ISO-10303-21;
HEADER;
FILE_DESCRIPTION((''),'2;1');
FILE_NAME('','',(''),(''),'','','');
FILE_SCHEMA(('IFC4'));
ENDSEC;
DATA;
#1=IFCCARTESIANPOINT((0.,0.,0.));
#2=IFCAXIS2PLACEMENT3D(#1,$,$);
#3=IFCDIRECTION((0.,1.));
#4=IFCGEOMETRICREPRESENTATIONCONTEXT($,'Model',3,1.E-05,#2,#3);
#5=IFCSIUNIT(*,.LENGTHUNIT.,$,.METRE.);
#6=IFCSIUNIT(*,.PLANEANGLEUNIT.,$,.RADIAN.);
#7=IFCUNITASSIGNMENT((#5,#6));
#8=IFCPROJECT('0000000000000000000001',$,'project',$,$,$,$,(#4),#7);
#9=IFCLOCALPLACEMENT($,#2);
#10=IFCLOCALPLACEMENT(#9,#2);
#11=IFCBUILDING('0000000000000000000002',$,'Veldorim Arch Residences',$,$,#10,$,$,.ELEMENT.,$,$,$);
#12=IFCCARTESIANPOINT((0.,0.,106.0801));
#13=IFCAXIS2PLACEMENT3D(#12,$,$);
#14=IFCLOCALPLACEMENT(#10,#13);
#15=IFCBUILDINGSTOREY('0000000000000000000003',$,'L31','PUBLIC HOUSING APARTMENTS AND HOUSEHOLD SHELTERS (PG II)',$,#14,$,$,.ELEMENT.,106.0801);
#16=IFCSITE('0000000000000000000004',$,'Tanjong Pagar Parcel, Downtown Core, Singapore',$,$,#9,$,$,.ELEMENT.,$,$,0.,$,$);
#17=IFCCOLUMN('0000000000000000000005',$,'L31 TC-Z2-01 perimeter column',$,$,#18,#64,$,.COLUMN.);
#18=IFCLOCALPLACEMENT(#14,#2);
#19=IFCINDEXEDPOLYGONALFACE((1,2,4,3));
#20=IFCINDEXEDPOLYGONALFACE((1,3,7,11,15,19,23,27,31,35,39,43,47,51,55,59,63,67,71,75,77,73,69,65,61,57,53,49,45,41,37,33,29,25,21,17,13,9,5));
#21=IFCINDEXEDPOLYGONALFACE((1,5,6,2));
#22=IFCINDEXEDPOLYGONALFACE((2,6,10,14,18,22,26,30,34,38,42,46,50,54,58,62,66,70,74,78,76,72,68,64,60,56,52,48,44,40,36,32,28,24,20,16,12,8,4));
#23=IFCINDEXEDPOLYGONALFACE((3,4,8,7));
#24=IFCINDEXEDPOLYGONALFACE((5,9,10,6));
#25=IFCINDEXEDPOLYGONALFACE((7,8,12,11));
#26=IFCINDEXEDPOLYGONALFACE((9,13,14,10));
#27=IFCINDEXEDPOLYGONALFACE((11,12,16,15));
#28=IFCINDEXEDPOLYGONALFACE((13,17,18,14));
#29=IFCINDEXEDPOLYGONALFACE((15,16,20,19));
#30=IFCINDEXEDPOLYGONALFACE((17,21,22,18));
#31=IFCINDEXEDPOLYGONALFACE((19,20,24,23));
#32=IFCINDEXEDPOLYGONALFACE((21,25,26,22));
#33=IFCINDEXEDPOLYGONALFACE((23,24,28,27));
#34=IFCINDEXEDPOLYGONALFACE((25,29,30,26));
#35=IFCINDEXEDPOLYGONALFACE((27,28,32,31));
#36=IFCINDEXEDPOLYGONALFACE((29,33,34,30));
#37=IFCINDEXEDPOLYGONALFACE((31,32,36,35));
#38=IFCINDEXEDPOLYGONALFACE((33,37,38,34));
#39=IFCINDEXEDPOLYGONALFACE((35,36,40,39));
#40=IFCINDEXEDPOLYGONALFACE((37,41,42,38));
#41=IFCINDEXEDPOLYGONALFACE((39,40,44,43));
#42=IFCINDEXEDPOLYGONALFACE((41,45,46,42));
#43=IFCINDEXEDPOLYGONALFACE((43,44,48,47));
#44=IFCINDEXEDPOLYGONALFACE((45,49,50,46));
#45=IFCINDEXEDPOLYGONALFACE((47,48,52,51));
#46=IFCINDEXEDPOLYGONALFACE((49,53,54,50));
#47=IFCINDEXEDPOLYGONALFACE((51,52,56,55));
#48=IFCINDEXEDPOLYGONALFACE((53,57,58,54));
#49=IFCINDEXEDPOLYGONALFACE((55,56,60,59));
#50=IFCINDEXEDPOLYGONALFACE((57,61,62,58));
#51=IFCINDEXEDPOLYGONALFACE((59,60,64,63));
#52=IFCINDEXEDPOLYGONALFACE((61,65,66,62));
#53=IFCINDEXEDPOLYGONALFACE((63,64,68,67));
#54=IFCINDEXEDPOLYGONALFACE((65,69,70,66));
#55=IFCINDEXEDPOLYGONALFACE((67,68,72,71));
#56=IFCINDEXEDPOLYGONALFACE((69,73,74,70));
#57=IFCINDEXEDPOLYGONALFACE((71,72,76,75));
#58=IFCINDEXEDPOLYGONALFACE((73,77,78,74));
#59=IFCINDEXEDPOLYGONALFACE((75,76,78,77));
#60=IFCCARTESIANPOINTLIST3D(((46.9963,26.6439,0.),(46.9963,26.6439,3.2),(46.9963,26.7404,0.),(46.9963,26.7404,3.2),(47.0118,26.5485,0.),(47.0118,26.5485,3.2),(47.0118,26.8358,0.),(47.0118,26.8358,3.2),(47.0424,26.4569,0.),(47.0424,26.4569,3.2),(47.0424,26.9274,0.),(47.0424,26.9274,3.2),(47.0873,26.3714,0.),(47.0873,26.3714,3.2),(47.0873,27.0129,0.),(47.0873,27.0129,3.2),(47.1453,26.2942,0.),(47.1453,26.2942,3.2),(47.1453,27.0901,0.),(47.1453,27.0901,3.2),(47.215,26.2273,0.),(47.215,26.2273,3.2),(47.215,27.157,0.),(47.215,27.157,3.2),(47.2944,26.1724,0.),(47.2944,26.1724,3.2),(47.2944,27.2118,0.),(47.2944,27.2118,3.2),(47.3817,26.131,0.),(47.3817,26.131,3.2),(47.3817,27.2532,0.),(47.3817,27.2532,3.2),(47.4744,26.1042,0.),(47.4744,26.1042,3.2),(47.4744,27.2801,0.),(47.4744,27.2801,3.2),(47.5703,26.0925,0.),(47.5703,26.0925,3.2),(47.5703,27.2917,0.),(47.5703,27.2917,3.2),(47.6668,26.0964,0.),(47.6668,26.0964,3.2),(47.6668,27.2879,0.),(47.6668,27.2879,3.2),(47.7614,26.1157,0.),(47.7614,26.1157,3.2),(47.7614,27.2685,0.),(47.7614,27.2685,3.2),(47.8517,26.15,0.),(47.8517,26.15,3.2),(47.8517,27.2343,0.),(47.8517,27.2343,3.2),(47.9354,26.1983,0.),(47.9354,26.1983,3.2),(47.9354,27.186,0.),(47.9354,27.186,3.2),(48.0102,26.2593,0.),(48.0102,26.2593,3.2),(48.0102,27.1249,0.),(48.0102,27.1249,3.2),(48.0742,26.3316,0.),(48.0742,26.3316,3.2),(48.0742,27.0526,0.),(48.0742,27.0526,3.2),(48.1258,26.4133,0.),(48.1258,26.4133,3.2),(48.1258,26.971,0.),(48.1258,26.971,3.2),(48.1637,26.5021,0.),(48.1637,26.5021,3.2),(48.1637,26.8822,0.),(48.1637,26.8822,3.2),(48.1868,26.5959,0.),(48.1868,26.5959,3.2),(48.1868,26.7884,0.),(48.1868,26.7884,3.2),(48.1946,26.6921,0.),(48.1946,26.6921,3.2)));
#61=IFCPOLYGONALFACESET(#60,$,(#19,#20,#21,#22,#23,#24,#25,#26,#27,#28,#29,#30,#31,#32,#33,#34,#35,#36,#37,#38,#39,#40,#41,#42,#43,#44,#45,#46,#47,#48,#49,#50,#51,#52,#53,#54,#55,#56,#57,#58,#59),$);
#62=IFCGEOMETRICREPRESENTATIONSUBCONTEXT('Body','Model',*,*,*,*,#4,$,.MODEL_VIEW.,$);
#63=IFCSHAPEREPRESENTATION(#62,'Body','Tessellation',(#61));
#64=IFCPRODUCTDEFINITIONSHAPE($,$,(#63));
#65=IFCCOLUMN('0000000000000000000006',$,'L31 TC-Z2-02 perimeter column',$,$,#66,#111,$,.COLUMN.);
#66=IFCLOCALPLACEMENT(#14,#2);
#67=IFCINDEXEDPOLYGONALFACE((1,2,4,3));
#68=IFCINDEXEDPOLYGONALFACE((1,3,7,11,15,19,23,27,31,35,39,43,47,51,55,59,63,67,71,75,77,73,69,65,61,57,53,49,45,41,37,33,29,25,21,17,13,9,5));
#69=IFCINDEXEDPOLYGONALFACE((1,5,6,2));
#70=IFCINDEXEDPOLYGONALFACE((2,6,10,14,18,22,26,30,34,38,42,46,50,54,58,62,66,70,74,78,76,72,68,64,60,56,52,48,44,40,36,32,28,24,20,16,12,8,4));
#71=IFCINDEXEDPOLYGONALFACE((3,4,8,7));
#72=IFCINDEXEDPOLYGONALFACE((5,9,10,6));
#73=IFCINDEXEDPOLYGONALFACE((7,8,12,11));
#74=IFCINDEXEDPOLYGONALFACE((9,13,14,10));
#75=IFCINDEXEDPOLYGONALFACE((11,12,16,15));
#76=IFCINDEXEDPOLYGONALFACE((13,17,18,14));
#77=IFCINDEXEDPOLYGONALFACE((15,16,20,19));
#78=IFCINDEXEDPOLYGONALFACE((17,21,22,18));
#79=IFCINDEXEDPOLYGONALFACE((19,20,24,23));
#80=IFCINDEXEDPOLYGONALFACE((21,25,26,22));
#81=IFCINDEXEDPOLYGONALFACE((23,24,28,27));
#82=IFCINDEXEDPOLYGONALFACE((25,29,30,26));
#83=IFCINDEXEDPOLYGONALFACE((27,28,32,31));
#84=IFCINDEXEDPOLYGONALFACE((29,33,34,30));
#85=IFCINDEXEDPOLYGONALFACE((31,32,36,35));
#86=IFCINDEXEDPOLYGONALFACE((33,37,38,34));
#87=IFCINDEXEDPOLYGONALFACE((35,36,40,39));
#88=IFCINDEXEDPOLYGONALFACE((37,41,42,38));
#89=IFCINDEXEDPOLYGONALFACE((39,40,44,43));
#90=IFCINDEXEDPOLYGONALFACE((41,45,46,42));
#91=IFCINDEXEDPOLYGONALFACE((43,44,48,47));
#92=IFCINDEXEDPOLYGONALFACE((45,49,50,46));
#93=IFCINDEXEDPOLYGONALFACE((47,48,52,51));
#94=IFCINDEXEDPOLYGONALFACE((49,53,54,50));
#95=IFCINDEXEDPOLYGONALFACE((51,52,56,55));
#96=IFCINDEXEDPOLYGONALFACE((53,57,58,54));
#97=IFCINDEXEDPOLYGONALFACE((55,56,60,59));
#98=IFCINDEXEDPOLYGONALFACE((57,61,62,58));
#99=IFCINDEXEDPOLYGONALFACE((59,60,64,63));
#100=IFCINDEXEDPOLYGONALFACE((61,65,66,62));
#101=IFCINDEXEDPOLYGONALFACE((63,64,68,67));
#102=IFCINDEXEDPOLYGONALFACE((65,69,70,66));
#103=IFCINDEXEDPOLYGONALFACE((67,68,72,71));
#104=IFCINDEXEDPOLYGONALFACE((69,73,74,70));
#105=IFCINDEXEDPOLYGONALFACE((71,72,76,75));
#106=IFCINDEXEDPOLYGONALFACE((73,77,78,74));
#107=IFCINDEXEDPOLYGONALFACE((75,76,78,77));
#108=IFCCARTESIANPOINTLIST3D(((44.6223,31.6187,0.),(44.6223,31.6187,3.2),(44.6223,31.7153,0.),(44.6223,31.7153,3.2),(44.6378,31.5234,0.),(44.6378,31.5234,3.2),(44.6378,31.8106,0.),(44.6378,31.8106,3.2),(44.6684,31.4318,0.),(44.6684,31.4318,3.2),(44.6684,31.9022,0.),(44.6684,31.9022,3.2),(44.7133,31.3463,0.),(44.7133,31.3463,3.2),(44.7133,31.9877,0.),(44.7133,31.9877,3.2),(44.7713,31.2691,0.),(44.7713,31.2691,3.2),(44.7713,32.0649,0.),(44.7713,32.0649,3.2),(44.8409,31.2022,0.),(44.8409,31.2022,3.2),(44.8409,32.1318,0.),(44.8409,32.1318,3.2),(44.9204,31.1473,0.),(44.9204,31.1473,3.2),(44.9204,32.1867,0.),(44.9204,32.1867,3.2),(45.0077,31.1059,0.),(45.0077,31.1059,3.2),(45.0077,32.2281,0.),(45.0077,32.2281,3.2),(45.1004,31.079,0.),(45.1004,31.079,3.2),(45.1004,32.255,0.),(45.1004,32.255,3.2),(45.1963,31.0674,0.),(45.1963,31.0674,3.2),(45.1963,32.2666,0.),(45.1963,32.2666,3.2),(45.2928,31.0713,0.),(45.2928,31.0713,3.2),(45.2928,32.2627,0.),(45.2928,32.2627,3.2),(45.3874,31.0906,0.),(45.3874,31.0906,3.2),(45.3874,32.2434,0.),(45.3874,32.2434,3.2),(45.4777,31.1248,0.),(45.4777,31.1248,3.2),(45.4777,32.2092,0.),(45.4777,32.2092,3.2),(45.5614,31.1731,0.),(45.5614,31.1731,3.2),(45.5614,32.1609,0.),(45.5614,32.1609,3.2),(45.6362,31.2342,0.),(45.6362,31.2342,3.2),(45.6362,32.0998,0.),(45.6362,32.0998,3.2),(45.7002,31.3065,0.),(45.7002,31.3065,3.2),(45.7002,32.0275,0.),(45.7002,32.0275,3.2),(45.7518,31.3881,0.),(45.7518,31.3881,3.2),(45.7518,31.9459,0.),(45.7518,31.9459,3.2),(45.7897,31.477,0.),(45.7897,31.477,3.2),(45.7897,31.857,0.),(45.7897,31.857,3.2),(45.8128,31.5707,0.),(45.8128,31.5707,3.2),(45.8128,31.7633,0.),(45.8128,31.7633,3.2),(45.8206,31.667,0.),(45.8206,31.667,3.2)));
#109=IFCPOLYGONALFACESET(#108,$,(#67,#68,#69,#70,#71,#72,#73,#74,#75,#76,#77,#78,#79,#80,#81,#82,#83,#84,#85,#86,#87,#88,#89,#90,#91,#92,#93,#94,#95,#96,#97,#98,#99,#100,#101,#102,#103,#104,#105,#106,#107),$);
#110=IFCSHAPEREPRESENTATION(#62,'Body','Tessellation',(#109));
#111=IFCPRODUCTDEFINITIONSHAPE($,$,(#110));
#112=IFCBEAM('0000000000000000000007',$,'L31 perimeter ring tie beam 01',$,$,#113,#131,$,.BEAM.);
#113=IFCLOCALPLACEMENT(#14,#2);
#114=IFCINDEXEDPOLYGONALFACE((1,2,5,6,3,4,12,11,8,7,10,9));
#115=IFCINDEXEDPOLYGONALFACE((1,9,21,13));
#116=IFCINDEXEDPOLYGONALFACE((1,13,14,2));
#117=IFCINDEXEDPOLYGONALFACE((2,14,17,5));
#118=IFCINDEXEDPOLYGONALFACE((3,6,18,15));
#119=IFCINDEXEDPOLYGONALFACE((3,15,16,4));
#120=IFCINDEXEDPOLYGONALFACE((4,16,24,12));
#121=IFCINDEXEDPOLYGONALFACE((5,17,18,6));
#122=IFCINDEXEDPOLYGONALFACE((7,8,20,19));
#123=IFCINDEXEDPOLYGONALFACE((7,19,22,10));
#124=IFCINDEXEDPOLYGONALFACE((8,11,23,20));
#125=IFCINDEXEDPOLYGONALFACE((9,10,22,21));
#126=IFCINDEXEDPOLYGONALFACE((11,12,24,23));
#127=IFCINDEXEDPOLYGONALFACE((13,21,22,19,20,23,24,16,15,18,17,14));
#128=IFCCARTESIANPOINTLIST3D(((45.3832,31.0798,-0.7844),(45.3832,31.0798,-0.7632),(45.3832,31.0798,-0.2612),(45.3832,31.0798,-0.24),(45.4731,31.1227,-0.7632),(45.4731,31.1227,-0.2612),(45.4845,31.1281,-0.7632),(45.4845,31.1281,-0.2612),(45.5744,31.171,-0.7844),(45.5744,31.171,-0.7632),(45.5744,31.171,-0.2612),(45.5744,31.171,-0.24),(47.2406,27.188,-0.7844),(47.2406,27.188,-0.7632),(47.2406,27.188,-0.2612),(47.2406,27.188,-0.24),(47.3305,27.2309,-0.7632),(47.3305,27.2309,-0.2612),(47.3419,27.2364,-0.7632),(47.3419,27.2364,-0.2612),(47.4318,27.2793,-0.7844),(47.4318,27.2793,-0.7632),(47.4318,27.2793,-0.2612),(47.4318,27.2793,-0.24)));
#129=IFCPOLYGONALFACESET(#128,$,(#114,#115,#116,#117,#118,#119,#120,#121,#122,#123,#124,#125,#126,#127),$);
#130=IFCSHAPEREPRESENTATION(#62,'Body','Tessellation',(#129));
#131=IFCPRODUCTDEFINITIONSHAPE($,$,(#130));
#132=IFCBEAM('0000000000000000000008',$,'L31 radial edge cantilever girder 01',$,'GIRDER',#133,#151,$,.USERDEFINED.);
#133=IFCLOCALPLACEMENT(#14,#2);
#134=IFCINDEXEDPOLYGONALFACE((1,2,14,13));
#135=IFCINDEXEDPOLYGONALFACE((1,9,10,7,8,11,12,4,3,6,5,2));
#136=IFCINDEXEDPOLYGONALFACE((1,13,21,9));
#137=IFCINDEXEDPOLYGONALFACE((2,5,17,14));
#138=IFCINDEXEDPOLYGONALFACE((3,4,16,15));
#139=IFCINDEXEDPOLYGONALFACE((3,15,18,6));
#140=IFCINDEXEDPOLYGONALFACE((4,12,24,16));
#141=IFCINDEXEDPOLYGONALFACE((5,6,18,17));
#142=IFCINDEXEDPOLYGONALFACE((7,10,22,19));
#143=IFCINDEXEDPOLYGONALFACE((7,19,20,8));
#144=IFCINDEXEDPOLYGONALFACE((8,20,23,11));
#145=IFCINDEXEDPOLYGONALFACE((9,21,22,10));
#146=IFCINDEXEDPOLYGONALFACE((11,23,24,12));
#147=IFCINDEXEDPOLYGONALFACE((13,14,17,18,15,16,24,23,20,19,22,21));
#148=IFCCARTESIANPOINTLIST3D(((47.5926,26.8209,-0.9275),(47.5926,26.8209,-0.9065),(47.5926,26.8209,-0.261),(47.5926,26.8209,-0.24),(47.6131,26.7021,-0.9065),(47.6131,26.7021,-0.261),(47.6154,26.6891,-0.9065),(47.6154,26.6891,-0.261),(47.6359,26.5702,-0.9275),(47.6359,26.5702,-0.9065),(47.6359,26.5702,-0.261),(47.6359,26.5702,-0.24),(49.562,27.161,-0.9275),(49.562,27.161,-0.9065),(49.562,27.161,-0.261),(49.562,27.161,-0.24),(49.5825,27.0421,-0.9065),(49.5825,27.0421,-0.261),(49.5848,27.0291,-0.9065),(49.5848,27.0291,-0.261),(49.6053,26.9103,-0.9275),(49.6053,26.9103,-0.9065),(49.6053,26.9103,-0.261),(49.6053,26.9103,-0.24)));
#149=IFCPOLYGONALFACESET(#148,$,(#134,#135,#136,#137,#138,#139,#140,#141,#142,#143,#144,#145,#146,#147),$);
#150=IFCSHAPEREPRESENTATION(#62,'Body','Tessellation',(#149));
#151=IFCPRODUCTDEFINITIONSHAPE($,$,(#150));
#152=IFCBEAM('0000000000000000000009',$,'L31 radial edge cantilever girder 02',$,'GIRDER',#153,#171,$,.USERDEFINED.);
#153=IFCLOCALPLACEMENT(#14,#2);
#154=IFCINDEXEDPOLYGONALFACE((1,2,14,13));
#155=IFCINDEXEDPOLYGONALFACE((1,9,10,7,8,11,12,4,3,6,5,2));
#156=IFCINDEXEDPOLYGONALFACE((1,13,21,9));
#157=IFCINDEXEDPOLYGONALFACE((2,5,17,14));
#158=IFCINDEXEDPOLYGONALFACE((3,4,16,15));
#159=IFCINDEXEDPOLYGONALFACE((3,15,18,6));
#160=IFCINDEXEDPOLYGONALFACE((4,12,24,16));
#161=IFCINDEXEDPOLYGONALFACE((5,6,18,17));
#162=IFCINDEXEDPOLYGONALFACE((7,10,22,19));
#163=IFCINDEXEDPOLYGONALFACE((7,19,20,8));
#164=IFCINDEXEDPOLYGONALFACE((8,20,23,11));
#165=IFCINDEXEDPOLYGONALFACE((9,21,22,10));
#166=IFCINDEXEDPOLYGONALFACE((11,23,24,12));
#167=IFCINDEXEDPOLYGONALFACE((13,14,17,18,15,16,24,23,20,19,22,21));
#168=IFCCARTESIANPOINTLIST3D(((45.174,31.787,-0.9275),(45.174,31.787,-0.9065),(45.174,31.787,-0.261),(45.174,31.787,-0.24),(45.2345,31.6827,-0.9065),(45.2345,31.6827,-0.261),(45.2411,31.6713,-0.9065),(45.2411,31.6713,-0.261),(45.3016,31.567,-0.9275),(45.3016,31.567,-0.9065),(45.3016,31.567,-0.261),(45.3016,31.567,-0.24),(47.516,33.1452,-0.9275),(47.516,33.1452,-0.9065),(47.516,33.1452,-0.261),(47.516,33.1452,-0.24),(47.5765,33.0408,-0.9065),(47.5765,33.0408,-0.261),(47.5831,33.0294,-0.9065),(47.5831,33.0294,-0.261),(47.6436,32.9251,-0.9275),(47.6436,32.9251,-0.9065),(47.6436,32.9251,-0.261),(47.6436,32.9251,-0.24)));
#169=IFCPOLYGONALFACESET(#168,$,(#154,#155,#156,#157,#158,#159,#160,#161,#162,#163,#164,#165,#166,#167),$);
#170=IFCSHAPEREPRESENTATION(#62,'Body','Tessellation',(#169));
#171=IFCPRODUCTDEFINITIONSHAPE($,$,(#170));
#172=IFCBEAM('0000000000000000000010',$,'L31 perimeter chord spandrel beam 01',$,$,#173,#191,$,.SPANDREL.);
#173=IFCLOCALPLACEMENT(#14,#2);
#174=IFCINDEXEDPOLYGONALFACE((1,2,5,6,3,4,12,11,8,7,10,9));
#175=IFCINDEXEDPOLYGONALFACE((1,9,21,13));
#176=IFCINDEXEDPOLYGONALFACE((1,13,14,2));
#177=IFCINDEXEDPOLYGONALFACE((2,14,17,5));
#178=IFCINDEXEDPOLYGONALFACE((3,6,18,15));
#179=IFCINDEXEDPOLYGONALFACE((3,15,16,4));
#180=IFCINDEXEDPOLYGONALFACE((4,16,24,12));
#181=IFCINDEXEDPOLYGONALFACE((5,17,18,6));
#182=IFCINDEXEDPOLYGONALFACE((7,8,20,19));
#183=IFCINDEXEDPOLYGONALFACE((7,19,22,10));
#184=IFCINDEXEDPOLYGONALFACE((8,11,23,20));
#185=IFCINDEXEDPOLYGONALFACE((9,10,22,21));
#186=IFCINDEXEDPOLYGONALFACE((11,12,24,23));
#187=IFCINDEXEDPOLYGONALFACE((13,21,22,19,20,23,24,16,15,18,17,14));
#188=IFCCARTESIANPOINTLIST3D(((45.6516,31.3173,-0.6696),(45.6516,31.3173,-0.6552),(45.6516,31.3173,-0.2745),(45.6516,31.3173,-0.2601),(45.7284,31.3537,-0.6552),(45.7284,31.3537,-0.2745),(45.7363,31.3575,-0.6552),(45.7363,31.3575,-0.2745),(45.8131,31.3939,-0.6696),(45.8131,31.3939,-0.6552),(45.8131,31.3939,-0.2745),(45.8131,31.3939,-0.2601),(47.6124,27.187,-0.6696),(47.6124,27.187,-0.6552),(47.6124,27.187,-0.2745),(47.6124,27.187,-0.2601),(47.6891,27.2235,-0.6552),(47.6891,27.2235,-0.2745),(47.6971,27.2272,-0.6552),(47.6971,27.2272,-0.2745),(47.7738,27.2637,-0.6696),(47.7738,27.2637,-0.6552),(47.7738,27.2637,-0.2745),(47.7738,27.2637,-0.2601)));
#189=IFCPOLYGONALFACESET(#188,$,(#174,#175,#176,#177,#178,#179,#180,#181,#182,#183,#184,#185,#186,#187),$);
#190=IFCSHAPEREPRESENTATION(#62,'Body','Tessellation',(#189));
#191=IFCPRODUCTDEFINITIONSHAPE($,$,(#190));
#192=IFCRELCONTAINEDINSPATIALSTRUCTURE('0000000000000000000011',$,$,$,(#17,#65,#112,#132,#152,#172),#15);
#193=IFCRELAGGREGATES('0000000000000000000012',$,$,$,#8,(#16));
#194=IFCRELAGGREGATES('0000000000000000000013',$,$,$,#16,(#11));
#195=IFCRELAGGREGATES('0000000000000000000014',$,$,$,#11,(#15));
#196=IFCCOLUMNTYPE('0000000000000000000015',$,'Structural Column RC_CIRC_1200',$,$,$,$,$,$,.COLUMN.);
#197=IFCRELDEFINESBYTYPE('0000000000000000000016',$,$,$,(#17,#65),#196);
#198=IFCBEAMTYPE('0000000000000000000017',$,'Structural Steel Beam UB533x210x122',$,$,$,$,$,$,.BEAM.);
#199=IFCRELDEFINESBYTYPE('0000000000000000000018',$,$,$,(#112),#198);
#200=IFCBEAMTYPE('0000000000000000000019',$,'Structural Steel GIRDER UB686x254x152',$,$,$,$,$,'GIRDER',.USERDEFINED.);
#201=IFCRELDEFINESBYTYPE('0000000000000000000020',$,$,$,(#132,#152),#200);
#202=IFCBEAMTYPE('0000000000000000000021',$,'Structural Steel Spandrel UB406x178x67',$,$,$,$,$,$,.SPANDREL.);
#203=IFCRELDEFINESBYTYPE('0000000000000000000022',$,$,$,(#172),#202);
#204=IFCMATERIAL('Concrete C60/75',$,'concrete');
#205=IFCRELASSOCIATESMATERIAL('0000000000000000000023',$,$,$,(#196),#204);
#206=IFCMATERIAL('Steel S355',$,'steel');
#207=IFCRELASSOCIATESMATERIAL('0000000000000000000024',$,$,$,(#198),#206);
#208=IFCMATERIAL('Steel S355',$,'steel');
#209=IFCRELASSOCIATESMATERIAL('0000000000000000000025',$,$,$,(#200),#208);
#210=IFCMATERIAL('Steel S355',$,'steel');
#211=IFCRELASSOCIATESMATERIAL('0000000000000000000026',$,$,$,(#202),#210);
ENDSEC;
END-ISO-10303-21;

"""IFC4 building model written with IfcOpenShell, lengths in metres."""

from ifc_helpers import new_model, si_unit, direction, frame, origin, origin_2d, place, context, subcontext, project, spatial, circle, i_section, extrude, material, material_profile, profile_set, type_object, element, save


model = new_model("IFC4")

# Units and contexts
model_context = context("Model", 3, precision=1e-05, world=origin(), true_north=direction((0.0, 1.0)))
body_context = subcontext(model_context, "Body", "Model", "MODEL_VIEW")
ifc_project = project(units=[si_unit("LENGTHUNIT", "METRE"), si_unit("PLANEANGLEUNIT", "RADIAN")], contexts=[model_context])

# Site, building, storey
site_placement = place(None, origin())
site = spatial("IfcSite", under=ifc_project, at=site_placement, Name="Tanjong Pagar Parcel, Downtown Core, Singapore", CompositionType="ELEMENT", RefElevation=0.0)
building_placement = place(site_placement, origin())
building = spatial("IfcBuilding", under=site, at=building_placement, Name="Veldorim Arch Residences", CompositionType="ELEMENT")
storey_placement = place(building_placement, frame((0.0, 0.0, 106.0801)))
storey = spatial("IfcBuildingStorey", under=building, at=storey_placement, Name="L31", Description="PUBLIC HOUSING APARTMENTS AND HOUSEHOLD SHELTERS (PG II)", CompositionType="ELEMENT", Elevation=106.0801)

# Columns
ifc_material_1 = material(Name="Concrete C60/75", Category="concrete")
ifc_material_profile_1 = material_profile(ifc_material_1, circle(Radius=0.6001, at=origin_2d()), Name="RC_CIRC_1200")
ifc_profile_set_1 = profile_set([ifc_material_profile_1], Name="Concrete C60/75")
column_type = type_object("IfcColumnType", Name="Structural Column RC_CIRC_1200", PredefinedType="COLUMN", material=ifc_profile_set_1)
for number, where, z_axis, x_axis, name in (
    (1, (47.5945, 26.6921, 0.0), (0.0, 0.0, 1.0), (1.0, 0.0, 0.0), "L31 TC-Z2-01 perimeter column"),
    (2, (45.2205, 31.667, 0.0), (0.0, 0.0, 1.0), (1.0, 0.0, 0.0), "L31 TC-Z2-02 perimeter column"),
):
    element("IfcColumn", number, at=place(storey_placement, frame(where, z_axis=z_axis, x_axis=x_axis)), inside=storey, type_object=column_type, Name=name, PredefinedType="COLUMN", context=body_context, shape_type="SweptSolid", body=[
        extrude(circle(Radius=0.6001, at=origin_2d()), origin(), (0.0, 0.0, 1.0), 3.2),
    ])

# Beams
ifc_material_2 = material(Name="Steel S355", Category="steel")
ifc_material_profile_2 = material_profile(ifc_material_2, i_section(OverallWidth=0.2119, OverallDepth=0.5444, WebThickness=0.0127, FlangeThickness=0.0212, at=origin_2d()), Name="UB533x210x122")
ifc_profile_set_2 = profile_set([ifc_material_profile_2], Name="Steel S355")
beam_type_1 = type_object("IfcBeamType", Name="Structural Steel Beam UB533x210x122", PredefinedType="BEAM", material=ifc_profile_set_2)
beam_1_placement = place(storey_placement, frame((47.3362, 27.2336, -0.5122), z_axis=(-0.43072, 0.902486, 0.0), x_axis=(-0.902486, -0.43072, 0.0)))
element("IfcBeam", 3, at=beam_1_placement, inside=storey, type_object=beam_type_1, Name="L31 perimeter ring tie beam 01", PredefinedType="BEAM", context=body_context, shape_type="SweptSolid", body=[
    extrude(i_section(OverallWidth=0.2119, OverallDepth=0.5444, WebThickness=0.0127, FlangeThickness=0.0212, at=origin_2d()), origin(), (0.0, 0.0, 1.0), 4.3123),
])
ifc_material_3 = material(Name="Steel S355", Category="steel")
ifc_material_profile_3 = material_profile(ifc_material_3, i_section(OverallWidth=0.2544, OverallDepth=0.6875, WebThickness=0.0132, FlangeThickness=0.021, at=origin_2d()), Name="UB686x254x152")
ifc_profile_set_3 = profile_set([ifc_material_profile_3], Name="Steel S355")
beam_type_2 = type_object("IfcBeamType", Name="Structural Steel GIRDER UB686x254x152", ElementType="GIRDER", PredefinedType="USERDEFINED", material=ifc_profile_set_3)
beam_2_placement = place(storey_placement, frame((47.6143, 26.6956, -0.5837), z_axis=(0.985416, 0.170161, 0.0), x_axis=(-0.170161, 0.985416, 0.0)))
element("IfcBeam", 4, at=beam_2_placement, inside=storey, type_object=beam_type_2, Name="L31 radial edge cantilever girder 01", ObjectType="GIRDER", PredefinedType="USERDEFINED", context=body_context, shape_type="SweptSolid", body=[
    extrude(i_section(OverallWidth=0.2544, OverallDepth=0.6875, WebThickness=0.0132, FlangeThickness=0.021, at=origin_2d()), origin(), (0.0, 0.0, 1.0), 1.9985),
])
beam_3_placement = place(storey_placement, frame((45.2378, 31.677, -0.5837), z_axis=(0.865068, 0.501655, 0.0), x_axis=(-0.501655, 0.865068, 0.0)))
element("IfcBeam", 5, at=beam_3_placement, inside=storey, type_object=beam_type_2, Name="L31 radial edge cantilever girder 02", ObjectType="GIRDER", PredefinedType="USERDEFINED", context=body_context, shape_type="SweptSolid", body=[
    extrude(i_section(OverallWidth=0.2544, OverallDepth=0.6875, WebThickness=0.0132, FlangeThickness=0.021, at=origin_2d()), origin(), (0.0, 0.0, 1.0), 2.7073),
])
ifc_material_4 = material(Name="Steel S355", Category="steel")
ifc_material_profile_4 = material_profile(ifc_material_4, i_section(OverallWidth=0.1787, OverallDepth=0.4094, WebThickness=0.0088, FlangeThickness=0.0144, at=origin_2d()), Name="UB406x178x67")
ifc_profile_set_4 = profile_set([ifc_material_profile_4], Name="Steel S355")
beam_type_3 = type_object("IfcBeamType", Name="Structural Steel Spandrel UB406x178x67", PredefinedType="SPANDREL", material=ifc_profile_set_4)
beam_4_placement = place(storey_placement, frame((47.6931, 27.2253, -0.4648), z_axis=(-0.428857, 0.903372, 0.0), x_axis=(-0.903372, -0.428857, 0.0)))
element("IfcBeam", 6, at=beam_4_placement, inside=storey, type_object=beam_type_3, Name="L31 perimeter chord spandrel beam 01", PredefinedType="SPANDREL", context=body_context, shape_type="SweptSolid", body=[
    extrude(i_section(OverallWidth=0.1787, OverallDepth=0.4094, WebThickness=0.0088, FlangeThickness=0.0144, at=origin_2d()), origin(), (0.0, 0.0, 1.0), 4.572),
])

save(model, "model.ifc")
